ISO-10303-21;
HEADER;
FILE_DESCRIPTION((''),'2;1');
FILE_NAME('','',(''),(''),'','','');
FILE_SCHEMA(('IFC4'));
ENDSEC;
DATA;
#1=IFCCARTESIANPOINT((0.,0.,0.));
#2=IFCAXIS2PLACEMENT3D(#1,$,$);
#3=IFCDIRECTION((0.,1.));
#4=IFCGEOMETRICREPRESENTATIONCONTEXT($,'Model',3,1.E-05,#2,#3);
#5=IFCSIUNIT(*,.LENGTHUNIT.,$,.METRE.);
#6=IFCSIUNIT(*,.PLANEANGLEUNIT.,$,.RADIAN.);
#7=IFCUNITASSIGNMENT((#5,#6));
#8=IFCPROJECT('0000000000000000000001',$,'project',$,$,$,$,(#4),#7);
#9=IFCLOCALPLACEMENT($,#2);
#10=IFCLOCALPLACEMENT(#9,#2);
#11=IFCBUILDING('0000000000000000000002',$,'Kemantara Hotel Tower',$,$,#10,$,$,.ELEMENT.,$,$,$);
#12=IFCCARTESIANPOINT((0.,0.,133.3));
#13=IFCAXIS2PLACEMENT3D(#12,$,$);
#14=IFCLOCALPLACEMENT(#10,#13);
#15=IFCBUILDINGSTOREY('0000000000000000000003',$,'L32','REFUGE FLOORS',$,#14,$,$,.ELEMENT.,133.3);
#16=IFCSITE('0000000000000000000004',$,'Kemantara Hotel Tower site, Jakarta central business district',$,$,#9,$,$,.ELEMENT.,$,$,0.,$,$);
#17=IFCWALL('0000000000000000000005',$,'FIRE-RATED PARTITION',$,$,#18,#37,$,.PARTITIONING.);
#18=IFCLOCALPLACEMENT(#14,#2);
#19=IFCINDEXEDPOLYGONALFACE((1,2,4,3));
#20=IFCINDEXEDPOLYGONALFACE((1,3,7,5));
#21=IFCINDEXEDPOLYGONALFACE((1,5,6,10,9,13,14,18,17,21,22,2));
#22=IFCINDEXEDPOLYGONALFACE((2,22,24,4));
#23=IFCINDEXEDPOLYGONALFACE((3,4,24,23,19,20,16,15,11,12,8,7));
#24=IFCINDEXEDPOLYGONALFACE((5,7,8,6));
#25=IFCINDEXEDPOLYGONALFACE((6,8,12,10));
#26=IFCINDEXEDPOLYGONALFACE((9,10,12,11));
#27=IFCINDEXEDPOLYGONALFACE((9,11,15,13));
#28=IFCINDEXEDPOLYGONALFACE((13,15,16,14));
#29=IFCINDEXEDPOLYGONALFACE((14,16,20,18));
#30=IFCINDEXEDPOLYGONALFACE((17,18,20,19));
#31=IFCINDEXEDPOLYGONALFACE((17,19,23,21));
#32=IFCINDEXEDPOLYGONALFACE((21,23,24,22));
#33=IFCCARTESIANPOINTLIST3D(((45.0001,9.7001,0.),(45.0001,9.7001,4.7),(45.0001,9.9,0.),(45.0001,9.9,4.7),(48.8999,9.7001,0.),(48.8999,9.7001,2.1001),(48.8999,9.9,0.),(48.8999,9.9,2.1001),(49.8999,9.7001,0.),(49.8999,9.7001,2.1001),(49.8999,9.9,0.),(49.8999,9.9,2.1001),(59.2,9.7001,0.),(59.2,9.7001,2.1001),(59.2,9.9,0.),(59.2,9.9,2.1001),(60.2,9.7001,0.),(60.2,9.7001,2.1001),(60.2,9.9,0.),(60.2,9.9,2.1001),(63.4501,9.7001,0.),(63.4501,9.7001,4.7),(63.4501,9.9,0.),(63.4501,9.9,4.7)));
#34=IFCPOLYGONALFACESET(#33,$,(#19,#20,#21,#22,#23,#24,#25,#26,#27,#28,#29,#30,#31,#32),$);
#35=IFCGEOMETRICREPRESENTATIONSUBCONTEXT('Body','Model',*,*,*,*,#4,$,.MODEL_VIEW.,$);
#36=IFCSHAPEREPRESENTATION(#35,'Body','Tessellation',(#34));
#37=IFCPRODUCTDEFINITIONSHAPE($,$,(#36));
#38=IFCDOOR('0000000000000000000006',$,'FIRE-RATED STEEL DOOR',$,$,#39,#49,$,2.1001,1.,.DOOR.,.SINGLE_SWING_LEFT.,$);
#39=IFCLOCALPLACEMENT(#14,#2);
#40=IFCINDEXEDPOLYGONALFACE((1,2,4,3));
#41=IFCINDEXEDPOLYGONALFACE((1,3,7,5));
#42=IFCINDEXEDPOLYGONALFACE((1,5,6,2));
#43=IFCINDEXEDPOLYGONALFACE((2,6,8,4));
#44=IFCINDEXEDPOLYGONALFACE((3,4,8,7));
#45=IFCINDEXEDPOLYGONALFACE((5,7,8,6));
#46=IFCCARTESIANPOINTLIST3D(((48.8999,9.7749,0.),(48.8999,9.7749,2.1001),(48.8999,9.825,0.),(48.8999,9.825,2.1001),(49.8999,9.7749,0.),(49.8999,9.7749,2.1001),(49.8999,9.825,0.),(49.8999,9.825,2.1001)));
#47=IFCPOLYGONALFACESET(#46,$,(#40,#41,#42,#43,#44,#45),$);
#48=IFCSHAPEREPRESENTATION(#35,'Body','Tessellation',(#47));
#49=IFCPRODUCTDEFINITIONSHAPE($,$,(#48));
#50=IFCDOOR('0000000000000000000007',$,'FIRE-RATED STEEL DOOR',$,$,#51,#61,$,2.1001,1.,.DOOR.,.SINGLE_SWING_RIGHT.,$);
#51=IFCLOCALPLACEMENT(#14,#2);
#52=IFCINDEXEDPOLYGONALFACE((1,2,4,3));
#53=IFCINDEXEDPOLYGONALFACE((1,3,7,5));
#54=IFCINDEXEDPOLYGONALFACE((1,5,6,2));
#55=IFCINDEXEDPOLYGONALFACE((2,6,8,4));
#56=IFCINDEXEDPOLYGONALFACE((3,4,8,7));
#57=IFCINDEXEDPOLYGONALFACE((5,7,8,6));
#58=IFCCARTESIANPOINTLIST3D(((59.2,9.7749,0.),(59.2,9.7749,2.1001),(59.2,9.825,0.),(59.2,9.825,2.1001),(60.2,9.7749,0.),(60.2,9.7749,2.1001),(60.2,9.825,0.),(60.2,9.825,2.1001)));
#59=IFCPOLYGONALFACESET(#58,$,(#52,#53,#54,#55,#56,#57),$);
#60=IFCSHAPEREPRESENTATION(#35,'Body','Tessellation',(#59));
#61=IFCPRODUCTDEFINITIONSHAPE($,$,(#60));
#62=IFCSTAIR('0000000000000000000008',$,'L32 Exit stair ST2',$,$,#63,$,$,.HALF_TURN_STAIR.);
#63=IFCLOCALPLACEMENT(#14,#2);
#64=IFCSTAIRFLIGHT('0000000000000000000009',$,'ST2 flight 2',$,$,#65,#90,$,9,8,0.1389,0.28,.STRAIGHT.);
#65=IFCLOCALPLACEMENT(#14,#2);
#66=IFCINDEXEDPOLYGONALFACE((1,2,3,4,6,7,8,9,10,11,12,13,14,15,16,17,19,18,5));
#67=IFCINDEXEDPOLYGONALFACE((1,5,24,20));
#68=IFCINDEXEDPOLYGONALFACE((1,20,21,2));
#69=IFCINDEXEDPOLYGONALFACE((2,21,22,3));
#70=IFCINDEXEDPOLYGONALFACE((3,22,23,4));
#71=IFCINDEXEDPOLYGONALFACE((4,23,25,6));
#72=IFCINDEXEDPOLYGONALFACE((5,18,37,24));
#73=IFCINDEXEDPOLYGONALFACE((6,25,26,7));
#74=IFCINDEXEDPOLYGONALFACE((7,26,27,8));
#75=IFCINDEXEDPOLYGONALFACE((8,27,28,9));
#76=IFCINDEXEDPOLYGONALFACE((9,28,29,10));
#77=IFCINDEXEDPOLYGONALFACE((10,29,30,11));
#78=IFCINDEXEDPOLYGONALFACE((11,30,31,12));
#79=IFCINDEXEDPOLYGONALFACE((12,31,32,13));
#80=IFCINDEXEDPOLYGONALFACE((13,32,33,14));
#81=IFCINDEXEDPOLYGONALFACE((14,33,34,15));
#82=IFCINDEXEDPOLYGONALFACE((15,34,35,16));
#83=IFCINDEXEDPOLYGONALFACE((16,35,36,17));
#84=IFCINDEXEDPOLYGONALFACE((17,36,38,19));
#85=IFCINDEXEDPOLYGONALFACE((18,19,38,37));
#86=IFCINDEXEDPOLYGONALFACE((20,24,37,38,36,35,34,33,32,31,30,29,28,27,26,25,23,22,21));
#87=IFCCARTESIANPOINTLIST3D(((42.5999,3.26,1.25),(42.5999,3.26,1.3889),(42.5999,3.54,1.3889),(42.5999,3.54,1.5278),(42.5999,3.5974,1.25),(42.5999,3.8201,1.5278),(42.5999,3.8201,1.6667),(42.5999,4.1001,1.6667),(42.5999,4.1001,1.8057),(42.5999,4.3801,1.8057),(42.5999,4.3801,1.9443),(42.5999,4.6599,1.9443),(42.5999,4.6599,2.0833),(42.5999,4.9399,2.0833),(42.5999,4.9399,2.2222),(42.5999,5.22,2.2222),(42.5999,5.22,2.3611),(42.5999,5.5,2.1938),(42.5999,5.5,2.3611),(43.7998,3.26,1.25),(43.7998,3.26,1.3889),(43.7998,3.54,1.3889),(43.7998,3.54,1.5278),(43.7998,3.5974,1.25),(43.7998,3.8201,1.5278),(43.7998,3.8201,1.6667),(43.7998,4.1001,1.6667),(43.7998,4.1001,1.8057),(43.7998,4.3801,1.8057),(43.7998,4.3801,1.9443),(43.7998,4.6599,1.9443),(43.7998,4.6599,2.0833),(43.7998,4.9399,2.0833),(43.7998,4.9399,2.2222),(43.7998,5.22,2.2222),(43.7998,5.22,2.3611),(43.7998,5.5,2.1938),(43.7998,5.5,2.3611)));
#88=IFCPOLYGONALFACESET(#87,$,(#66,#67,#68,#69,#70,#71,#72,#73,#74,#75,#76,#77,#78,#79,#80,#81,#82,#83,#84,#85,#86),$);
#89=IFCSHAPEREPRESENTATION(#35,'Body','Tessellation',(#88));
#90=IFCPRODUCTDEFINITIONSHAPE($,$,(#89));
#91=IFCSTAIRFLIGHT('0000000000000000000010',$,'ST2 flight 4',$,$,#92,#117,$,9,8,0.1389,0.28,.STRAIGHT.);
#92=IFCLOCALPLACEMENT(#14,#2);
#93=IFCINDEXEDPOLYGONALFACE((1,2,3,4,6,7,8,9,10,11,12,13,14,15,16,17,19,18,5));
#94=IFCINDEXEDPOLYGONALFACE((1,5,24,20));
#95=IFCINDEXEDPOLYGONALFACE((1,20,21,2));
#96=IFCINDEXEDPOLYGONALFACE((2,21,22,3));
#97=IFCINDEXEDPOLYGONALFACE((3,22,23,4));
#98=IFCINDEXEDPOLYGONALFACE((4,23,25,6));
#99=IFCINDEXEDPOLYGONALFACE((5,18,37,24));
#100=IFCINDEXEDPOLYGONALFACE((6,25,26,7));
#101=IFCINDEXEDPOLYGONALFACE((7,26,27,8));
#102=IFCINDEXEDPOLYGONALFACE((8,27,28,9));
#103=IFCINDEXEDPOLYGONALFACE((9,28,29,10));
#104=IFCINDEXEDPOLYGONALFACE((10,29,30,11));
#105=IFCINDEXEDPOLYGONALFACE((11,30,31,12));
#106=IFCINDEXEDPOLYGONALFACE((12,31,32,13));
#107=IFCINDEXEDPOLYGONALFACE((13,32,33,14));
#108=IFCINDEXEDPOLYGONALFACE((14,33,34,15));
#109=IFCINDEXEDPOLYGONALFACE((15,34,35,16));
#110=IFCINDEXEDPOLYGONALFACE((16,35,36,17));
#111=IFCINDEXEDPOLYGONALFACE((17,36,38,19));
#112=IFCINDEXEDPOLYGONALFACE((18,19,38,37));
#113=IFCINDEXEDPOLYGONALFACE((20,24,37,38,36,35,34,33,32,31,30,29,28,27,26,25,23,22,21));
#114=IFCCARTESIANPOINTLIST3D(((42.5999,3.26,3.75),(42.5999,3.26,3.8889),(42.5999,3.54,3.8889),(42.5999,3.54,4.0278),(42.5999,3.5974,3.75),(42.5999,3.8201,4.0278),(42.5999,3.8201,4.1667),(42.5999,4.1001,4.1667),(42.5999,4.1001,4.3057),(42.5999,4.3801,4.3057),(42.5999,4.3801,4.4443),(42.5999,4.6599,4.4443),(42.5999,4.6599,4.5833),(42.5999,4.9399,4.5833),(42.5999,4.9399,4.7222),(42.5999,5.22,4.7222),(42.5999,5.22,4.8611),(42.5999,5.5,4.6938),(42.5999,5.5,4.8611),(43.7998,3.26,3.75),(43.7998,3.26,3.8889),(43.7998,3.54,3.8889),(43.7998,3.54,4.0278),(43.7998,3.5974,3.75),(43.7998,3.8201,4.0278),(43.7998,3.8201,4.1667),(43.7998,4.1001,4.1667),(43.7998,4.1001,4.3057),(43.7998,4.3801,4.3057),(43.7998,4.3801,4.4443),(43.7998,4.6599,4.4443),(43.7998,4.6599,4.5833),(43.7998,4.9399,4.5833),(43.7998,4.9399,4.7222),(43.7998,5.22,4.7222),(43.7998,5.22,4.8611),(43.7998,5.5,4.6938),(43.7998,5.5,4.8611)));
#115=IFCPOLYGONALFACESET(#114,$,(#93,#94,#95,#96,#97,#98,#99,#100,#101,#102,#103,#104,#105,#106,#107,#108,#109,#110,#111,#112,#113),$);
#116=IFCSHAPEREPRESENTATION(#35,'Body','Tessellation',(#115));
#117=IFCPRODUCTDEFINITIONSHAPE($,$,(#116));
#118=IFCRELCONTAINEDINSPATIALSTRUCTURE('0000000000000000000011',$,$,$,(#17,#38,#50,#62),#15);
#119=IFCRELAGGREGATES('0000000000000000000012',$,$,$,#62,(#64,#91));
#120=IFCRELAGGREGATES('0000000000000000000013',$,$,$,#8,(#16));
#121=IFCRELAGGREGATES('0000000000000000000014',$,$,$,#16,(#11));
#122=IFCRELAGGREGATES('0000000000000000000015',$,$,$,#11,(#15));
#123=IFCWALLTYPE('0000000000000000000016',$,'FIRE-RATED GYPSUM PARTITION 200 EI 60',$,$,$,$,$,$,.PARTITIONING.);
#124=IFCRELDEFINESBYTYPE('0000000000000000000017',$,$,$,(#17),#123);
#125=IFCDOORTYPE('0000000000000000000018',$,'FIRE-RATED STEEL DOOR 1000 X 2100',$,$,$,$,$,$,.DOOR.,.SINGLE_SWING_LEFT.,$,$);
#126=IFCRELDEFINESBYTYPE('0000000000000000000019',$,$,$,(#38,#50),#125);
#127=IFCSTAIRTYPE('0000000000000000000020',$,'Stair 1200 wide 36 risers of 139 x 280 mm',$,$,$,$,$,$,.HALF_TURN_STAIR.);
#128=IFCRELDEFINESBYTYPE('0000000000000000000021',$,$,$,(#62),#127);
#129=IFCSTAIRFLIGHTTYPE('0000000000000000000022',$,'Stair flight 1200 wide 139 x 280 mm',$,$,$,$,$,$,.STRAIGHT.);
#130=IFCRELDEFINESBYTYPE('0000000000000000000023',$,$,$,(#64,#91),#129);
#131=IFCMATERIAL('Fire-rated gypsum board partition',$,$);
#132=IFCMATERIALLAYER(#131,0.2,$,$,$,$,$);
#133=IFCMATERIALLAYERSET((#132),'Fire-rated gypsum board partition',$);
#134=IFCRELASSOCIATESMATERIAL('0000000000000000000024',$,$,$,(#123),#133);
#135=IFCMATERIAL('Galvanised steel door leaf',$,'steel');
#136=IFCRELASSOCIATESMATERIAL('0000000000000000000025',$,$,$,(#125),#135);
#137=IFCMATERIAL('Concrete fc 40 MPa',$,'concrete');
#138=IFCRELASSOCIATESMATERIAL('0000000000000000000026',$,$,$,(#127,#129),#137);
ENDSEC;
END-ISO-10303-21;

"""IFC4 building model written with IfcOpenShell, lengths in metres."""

from ifc_helpers import new_model, si_unit, direction, frame, frame_2d, origin, place, context, subcontext, project, spatial, polyline, rectangle, outline, extrude, material, layer, layer_set, type_object, element, fill, aggregate, save


model = new_model("IFC4")

# Units and contexts
model_context = context("Model", 3, precision=1e-05, world=origin(), true_north=direction((0.0, 1.0)))
body_context = subcontext(model_context, "Body", "Model", "MODEL_VIEW")
ifc_project = project(units=[si_unit("LENGTHUNIT", "METRE"), si_unit("PLANEANGLEUNIT", "RADIAN")], contexts=[model_context])

# Site, building, storey
site_placement = place(None, origin())
site = spatial("IfcSite", under=ifc_project, at=site_placement, Name="Kemantara Hotel Tower site, Jakarta central business district", CompositionType="ELEMENT", RefElevation=0.0)
building_placement = place(site_placement, origin())
building = spatial("IfcBuilding", under=site, at=building_placement, Name="Kemantara Hotel Tower", CompositionType="ELEMENT")
storey_placement = place(building_placement, frame((0.0, 0.0, 133.3)))
storey = spatial("IfcBuildingStorey", under=building, at=storey_placement, Name="L32", Description="REFUGE FLOORS", CompositionType="ELEMENT", Elevation=133.3)

# Wall, openings, doors
ifc_material_1 = material(Name="Fire-rated gypsum board partition")
ifc_layer_1 = layer(ifc_material_1, 0.2)
ifc_layer_set_1 = layer_set([ifc_layer_1], Name="Fire-rated gypsum board partition")
wall_type_1 = type_object("IfcWallType", Name="FIRE-RATED GYPSUM PARTITION 200 EI 60", PredefinedType="PARTITIONING", material=ifc_layer_set_1)
wall_1_placement = place(storey_placement, frame((45.0, 9.8, 0.0), z_axis=(0.0, 0.0, 1.0), x_axis=(1.0, 0.0, 0.0)))
wall_1 = element("IfcWall", 1, at=wall_1_placement, inside=storey, type_object=wall_type_1, Name="FIRE-RATED PARTITION", PredefinedType="PARTITIONING", context=body_context, shape_type="SweptSolid", body=[
    extrude(rectangle(XDim=18.45, YDim=0.2, at=frame_2d((9.2251, 0.0))), origin(), (0.0, 0.0, 1.0), 4.7),
])
opening_1_placement = place(wall_1_placement, frame((3.8999, 0.0, 0.0)))
opening_1 = element("IfcOpeningElement", 2, at=opening_1_placement, cuts=wall_1, PredefinedType="OPENING", context=body_context, shape_type="SweptSolid", body=[
    extrude(rectangle(XDim=1.0, YDim=2.1001, at=frame_2d((0.5, 1.05))), frame((0.0, 0.1099, 0.0), z_axis=(0.0, -1.0, 0.0), x_axis=(1.0, 0.0, 0.0)), (0.0, 0.0, 1.0), 0.22),
])
opening_2_placement = place(wall_1_placement, frame((14.2, 0.0, 0.0)))
opening_2 = element("IfcOpeningElement", 3, at=opening_2_placement, cuts=wall_1, PredefinedType="OPENING", context=body_context, shape_type="SweptSolid", body=[
    extrude(rectangle(XDim=1.0, YDim=2.1001, at=frame_2d((0.5, 1.05))), frame((0.0, 0.1099, 0.0), z_axis=(0.0, -1.0, 0.0), x_axis=(1.0, 0.0, 0.0)), (0.0, 0.0, 1.0), 0.22),
])
ifc_material_2 = material(Name="Galvanised steel door leaf", Category="steel")
door_type = type_object("IfcDoorType", Name="FIRE-RATED STEEL DOOR 1000 X 2100", OperationType="SINGLE_SWING_LEFT", PredefinedType="DOOR", material=ifc_material_2)
door_1_placement = place(opening_1_placement, origin())
door_1 = element("IfcDoor", 4, at=door_1_placement, inside=storey, type_object=door_type, Name="FIRE-RATED STEEL DOOR", OperationType="SINGLE_SWING_LEFT", OverallHeight=2.1001, OverallWidth=1.0, PredefinedType="DOOR", context=body_context, shape_type="SweptSolid", body=[
    extrude(rectangle(XDim=1.0, YDim=2.1001, at=frame_2d((0.5, 1.05))), frame((0.0, 0.0249, 0.0), z_axis=(0.0, -1.0, 0.0), x_axis=(1.0, 0.0, 0.0)), (0.0, 0.0, 1.0), 0.05),
])
fill(opening_1, door_1)
door_2_placement = place(opening_2_placement, origin())
door_2 = element("IfcDoor", 5, at=door_2_placement, inside=storey, type_object=door_type, Name="FIRE-RATED STEEL DOOR", OperationType="SINGLE_SWING_RIGHT", OverallHeight=2.1001, OverallWidth=1.0, PredefinedType="DOOR", context=body_context, shape_type="SweptSolid", body=[
    extrude(rectangle(XDim=1.0, YDim=2.1001, at=frame_2d((0.5, 1.05))), frame((0.0, 0.0249, 0.0), z_axis=(0.0, -1.0, 0.0), x_axis=(1.0, 0.0, 0.0)), (0.0, 0.0, 1.0), 0.05),
])
fill(opening_2, door_2)

# Stair, stair flights
ifc_material_3 = material(Name="Concrete fc 40 MPa", Category="concrete")
stair_type = type_object("IfcStairType", Name="Stair 1200 wide 36 risers of 139 x 280 mm", PredefinedType="HALF_TURN_STAIR", material=ifc_material_3)
stair_placement = place(storey_placement, origin())
stair = element("IfcStair", 6, at=stair_placement, inside=storey, type_object=stair_type, Name="L32 Exit stair ST2", PredefinedType="HALF_TURN_STAIR")
stair_flight_type = type_object("IfcStairFlightType", Name="Stair flight 1200 wide 139 x 280 mm", PredefinedType="STRAIGHT", material=ifc_material_3)
stair_flight_1_placement = place(storey_placement, frame((43.2, 3.26, 1.25), z_axis=(0.0, 0.0, 1.0), x_axis=(0.0, 1.0, 0.0)))
stair_flight_1 = element("IfcStairFlight", 7, at=stair_flight_1_placement, type_object=stair_flight_type, Name="ST2 flight 2", NumberOfRisers=9, NumberOfTreads=8, PredefinedType="STRAIGHT", RiserHeight=0.1389, TreadLength=0.28, context=body_context, shape_type="SweptSolid", body=[
    extrude(outline(polyline([(0.0, 0.0), (0.0, 0.1389), (0.28, 0.1389), (0.28, 0.2778), (0.5601, 0.2778), (0.5601, 0.4167), (0.8401, 0.4167), (0.8401, 0.5557), (1.1201, 0.5557), (1.1201, 0.6943), (1.3999, 0.6943), (1.3999, 0.8333), (1.6799, 0.8333), (1.6799, 0.9722), (1.96, 0.9722), (1.96, 1.1111), (2.24, 1.1111), (2.24, 1.25), (2.24, 0.9438), (0.3374, 0.0), (0.0, 0.0)])), frame((0.0, 0.6001, 0.0), z_axis=(0.0, -1.0, 0.0), x_axis=(1.0, 0.0, 0.0)), (0.0, 0.0, 1.0), 1.2),
])
stair_flight_2_placement = place(storey_placement, frame((43.2, 3.26, 3.75), z_axis=(0.0, 0.0, 1.0), x_axis=(0.0, 1.0, 0.0)))
stair_flight_2 = element("IfcStairFlight", 8, at=stair_flight_2_placement, type_object=stair_flight_type, Name="ST2 flight 4", NumberOfRisers=9, NumberOfTreads=8, PredefinedType="STRAIGHT", RiserHeight=0.1389, TreadLength=0.28, context=body_context, shape_type="SweptSolid", body=[
    extrude(outline(polyline([(0.0, 0.0), (0.0, 0.1389), (0.28, 0.1389), (0.28, 0.2778), (0.5601, 0.2778), (0.5601, 0.4167), (0.8401, 0.4167), (0.8401, 0.5557), (1.1201, 0.5557), (1.1201, 0.6943), (1.3999, 0.6943), (1.3999, 0.8333), (1.6799, 0.8333), (1.6799, 0.9722), (1.96, 0.9722), (1.96, 1.1111), (2.24, 1.1111), (2.24, 1.25), (2.24, 0.9438), (0.3374, 0.0), (0.0, 0.0)])), frame((0.0, 0.6001, 0.0), z_axis=(0.0, -1.0, 0.0), x_axis=(1.0, 0.0, 0.0)), (0.0, 0.0, 1.0), 1.2),
])
aggregate(stair, [stair_flight_1, stair_flight_2])

save(model, "model.ifc")
